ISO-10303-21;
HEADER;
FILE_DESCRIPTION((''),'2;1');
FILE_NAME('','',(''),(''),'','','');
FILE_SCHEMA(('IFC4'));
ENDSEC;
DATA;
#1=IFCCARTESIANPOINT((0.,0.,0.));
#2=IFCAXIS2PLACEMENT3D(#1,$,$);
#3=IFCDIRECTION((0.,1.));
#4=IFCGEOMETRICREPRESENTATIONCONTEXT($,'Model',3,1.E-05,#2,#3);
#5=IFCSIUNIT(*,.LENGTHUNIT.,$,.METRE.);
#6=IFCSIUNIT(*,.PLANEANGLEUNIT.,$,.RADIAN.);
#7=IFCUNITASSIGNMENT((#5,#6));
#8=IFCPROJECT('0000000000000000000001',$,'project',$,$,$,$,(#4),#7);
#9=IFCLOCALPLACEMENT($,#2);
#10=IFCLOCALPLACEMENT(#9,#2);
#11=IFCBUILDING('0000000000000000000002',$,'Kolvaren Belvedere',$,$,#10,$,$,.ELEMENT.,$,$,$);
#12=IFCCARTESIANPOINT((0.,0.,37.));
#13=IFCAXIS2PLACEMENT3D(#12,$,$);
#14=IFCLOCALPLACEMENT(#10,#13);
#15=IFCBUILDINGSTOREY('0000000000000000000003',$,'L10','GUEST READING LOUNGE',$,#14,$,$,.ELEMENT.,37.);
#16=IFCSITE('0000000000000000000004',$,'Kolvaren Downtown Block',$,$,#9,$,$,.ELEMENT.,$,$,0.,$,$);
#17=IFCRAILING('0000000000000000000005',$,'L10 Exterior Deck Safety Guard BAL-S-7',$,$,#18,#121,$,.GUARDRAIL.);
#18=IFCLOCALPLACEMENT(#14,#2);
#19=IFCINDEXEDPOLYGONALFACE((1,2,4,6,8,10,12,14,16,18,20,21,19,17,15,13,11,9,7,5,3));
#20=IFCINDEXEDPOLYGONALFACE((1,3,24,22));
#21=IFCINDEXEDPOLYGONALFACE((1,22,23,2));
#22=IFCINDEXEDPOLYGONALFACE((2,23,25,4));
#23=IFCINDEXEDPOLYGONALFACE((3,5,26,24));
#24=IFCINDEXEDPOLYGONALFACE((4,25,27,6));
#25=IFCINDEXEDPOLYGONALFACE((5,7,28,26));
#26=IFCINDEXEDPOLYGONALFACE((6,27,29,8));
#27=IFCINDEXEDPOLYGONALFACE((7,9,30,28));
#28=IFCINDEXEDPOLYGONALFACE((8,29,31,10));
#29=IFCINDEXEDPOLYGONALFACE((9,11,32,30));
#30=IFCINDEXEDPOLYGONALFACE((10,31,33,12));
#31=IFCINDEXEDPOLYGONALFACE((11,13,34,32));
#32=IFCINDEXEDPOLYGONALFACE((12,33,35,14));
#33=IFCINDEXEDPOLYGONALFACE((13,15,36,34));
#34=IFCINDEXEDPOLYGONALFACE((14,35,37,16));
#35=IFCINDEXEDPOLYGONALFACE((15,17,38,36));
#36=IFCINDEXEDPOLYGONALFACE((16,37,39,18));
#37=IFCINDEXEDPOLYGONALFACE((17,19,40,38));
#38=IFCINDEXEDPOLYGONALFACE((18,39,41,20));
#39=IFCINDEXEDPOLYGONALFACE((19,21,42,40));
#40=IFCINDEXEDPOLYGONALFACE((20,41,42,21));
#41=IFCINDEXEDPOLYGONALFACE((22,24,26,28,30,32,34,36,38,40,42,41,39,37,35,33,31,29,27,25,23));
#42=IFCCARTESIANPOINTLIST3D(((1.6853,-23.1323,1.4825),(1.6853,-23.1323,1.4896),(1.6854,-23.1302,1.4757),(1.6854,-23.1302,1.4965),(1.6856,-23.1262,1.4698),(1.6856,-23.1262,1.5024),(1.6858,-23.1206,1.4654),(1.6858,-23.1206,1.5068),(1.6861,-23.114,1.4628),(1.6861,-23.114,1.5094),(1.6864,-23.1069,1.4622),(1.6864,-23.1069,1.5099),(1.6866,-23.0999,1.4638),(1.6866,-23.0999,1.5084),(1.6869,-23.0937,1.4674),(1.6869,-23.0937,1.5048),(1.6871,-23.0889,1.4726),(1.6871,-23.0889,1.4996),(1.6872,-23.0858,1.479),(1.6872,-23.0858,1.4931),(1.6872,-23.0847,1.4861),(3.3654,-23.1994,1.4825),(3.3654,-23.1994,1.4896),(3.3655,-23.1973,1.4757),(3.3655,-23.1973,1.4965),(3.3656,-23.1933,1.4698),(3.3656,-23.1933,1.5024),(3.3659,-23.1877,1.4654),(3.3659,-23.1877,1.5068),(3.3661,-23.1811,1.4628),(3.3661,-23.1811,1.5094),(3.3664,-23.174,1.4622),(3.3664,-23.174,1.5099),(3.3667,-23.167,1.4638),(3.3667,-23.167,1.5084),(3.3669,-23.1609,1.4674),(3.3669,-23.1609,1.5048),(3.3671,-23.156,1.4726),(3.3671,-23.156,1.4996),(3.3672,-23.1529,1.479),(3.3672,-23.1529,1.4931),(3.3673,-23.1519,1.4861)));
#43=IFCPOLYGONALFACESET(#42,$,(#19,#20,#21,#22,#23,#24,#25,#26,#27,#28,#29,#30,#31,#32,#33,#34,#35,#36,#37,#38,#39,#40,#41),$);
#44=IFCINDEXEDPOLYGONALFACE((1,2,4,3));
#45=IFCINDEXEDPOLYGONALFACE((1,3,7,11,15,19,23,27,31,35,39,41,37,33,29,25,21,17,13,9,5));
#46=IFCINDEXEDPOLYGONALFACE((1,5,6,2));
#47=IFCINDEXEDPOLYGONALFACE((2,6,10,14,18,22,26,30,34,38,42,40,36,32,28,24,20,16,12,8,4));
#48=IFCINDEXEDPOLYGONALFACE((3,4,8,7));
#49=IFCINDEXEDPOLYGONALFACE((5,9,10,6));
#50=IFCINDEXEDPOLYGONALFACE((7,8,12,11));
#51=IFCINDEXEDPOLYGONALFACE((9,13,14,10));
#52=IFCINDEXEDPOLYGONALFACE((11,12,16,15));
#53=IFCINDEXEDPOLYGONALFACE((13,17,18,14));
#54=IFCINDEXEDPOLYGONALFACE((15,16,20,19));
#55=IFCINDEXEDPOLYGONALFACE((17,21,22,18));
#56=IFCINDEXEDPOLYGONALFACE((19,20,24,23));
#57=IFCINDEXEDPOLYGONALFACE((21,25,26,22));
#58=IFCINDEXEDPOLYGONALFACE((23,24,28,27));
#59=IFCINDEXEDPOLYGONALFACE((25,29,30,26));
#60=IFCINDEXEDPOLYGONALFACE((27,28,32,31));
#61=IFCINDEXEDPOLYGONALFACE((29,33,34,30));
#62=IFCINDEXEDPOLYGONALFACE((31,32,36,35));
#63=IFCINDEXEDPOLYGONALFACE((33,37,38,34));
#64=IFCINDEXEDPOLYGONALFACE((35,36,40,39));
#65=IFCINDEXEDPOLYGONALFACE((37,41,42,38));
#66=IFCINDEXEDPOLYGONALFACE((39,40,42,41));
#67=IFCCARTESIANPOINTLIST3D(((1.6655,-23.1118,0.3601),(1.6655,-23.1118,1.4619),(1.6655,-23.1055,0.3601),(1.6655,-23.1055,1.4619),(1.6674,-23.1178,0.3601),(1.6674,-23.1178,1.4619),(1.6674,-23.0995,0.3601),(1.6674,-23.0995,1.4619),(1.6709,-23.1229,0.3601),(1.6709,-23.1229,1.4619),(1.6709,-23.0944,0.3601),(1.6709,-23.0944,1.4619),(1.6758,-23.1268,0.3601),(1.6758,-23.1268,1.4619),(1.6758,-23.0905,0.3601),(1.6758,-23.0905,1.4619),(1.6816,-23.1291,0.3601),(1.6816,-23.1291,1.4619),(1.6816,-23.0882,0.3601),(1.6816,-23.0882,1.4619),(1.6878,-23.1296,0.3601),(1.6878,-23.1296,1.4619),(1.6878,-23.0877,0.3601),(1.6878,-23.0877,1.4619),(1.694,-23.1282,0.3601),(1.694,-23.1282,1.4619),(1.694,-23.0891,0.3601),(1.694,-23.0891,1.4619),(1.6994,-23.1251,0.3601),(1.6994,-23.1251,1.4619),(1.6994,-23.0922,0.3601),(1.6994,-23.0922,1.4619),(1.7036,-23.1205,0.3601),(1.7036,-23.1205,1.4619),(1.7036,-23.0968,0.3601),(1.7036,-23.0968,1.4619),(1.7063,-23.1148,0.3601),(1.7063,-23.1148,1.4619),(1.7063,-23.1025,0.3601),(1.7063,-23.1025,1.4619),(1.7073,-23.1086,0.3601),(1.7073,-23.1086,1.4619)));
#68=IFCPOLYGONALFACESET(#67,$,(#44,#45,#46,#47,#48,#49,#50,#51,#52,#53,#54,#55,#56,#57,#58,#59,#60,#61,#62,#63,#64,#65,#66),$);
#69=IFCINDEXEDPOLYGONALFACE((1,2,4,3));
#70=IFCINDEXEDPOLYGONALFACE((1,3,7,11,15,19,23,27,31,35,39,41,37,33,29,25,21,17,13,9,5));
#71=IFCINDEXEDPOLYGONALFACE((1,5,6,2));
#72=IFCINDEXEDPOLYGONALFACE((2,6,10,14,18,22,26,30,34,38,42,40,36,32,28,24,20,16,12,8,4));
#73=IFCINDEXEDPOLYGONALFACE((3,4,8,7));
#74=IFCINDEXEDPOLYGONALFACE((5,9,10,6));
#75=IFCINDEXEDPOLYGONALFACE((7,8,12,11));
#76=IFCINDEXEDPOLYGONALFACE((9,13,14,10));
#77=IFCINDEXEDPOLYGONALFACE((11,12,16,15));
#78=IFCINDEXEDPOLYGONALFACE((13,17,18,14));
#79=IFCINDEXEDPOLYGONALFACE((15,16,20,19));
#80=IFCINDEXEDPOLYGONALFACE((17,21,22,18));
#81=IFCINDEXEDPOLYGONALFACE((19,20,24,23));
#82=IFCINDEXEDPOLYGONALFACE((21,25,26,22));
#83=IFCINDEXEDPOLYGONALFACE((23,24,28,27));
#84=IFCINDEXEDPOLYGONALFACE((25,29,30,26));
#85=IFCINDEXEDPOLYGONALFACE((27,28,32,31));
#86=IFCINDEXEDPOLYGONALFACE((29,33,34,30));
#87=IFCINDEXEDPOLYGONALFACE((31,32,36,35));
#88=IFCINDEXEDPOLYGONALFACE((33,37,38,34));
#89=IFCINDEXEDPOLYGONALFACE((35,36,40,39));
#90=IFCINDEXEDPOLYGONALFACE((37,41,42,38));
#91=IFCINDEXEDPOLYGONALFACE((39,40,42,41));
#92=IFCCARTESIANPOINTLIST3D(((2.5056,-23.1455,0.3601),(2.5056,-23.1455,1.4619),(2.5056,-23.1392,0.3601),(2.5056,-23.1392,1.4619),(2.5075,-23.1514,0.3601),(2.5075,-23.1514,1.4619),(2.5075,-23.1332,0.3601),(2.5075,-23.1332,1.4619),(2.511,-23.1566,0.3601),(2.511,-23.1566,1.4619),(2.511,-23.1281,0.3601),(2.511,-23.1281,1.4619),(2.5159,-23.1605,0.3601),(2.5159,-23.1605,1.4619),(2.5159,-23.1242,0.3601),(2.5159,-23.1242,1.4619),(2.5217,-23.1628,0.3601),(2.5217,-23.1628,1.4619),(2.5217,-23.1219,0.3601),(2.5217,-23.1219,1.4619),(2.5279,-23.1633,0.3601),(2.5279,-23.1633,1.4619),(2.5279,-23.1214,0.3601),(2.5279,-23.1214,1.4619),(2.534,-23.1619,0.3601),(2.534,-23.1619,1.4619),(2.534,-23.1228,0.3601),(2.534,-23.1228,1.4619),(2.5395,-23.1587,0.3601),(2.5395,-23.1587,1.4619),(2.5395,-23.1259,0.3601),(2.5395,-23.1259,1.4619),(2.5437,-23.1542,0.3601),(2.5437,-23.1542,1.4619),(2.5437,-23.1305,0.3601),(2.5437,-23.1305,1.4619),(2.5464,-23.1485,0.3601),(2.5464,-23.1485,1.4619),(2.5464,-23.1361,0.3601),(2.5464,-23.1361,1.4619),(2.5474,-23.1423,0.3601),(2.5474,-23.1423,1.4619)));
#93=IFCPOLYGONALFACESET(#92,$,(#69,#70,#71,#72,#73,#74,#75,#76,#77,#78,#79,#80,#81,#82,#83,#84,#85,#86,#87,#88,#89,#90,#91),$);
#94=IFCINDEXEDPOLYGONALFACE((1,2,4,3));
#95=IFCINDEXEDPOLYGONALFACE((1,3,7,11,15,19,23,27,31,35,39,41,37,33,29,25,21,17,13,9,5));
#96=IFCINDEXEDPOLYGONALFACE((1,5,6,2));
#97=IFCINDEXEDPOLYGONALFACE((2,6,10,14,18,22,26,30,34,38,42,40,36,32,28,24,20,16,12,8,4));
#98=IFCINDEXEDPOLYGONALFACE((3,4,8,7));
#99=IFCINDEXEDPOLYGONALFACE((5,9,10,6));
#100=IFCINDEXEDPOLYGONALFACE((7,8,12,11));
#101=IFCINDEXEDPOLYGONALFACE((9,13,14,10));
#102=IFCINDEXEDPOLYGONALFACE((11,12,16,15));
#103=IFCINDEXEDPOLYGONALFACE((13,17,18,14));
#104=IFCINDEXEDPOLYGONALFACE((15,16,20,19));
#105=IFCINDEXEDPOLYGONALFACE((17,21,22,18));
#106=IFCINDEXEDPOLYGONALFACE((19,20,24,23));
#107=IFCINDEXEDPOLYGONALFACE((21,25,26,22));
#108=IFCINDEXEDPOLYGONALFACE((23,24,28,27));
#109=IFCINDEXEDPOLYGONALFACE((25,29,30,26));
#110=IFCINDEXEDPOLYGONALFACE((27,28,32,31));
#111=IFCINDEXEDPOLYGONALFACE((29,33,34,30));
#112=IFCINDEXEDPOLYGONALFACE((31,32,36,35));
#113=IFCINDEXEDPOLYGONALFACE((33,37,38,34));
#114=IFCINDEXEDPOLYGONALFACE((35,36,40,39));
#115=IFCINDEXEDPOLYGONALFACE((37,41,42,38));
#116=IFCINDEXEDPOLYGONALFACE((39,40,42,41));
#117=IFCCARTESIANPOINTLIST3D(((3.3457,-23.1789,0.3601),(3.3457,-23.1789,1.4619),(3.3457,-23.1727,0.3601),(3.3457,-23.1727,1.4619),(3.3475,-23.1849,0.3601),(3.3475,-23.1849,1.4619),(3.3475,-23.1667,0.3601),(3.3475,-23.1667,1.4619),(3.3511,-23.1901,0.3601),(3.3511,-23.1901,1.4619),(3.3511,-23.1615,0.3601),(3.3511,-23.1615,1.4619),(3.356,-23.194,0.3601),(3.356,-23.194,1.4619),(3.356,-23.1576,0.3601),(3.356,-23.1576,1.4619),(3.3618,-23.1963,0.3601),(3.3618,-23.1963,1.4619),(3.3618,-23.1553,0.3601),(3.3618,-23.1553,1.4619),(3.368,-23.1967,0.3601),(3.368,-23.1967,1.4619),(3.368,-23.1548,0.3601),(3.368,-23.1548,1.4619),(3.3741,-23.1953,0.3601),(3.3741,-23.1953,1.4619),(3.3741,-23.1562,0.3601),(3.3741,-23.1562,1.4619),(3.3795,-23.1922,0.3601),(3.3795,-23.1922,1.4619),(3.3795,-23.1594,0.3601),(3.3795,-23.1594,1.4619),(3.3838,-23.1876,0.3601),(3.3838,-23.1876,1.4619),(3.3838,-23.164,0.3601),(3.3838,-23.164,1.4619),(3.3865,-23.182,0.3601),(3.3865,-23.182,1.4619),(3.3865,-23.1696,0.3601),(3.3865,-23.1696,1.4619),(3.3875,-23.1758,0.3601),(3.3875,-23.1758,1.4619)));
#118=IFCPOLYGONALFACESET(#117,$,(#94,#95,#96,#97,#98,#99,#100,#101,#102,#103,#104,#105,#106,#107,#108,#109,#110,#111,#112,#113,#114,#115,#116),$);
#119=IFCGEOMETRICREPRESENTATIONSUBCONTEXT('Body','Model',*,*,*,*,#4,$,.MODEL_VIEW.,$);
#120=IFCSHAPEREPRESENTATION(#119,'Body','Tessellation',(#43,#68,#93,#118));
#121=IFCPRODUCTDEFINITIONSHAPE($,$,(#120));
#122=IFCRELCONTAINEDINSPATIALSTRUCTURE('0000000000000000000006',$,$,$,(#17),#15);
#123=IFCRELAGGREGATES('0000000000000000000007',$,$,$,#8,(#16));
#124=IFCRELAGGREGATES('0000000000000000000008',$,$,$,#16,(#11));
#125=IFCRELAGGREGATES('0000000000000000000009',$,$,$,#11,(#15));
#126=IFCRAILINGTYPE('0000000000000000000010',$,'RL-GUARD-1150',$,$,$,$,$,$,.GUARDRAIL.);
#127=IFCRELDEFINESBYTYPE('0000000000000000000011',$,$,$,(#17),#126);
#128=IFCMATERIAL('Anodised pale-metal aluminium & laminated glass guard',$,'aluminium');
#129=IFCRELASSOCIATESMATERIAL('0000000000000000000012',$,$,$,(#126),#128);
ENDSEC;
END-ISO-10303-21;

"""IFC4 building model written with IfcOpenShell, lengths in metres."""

from ifc_helpers import new_model, si_unit, direction, frame, origin, origin_2d, place, context, subcontext, project, spatial, circle, extrude, material, type_object, element, save


model = new_model("IFC4")

# Units and contexts
model_context = context("Model", 3, precision=1e-05, world=origin(), true_north=direction((0.0, 1.0)))
body_context = subcontext(model_context, "Body", "Model", "MODEL_VIEW")
ifc_project = project(units=[si_unit("LENGTHUNIT", "METRE"), si_unit("PLANEANGLEUNIT", "RADIAN")], contexts=[model_context])

# Site, building, storey
site_placement = place(None, origin())
site = spatial("IfcSite", under=ifc_project, at=site_placement, Name="Kolvaren Downtown Block", CompositionType="ELEMENT", RefElevation=0.0)
building_placement = place(site_placement, origin())
building = spatial("IfcBuilding", under=site, at=building_placement, Name="Kolvaren Belvedere", CompositionType="ELEMENT")
storey_placement = place(building_placement, frame((0.0, 0.0, 37.0)))
storey = spatial("IfcBuildingStorey", under=building, at=storey_placement, Name="L10", Description="GUEST READING LOUNGE", CompositionType="ELEMENT", Elevation=37.0)

# Railing
ifc_material_1 = material(Name="Anodised pale-metal aluminium & laminated glass guard", Category="aluminium")
railing_type = type_object("IfcRailingType", Name="RL-GUARD-1150", PredefinedType="GUARDRAIL", material=ifc_material_1)
railing_1_placement = place(storey_placement, frame((1.6863, -23.1086, 0.3601)))
element("IfcRailing", 1, at=railing_1_placement, inside=storey, type_object=railing_type, Name="L10 Exterior Deck Safety Guard BAL-S-7", PredefinedType="GUARDRAIL", context=body_context, shape_type="SweptSolid", body=[
    extrude(circle(Radius=0.0239, at=origin_2d()), frame((0.0, 0.0, 1.126), z_axis=(0.999203, -0.039927, 0.0), x_axis=(0.039927, 0.999203, 0.0)), (0.0, 0.0, 1.0), 1.6814),
    extrude(circle(Radius=0.021, at=origin_2d()), origin(), (0.0, 0.0, 1.0), 1.1018),
    extrude(circle(Radius=0.021, at=origin_2d()), frame((0.8401, -0.0337, 0.0)), (0.0, 0.0, 1.0), 1.1018),
    extrude(circle(Radius=0.021, at=origin_2d()), frame((1.6802, -0.0671, 0.0)), (0.0, 0.0, 1.0), 1.1018),
])

save(model, "model.ifc")
